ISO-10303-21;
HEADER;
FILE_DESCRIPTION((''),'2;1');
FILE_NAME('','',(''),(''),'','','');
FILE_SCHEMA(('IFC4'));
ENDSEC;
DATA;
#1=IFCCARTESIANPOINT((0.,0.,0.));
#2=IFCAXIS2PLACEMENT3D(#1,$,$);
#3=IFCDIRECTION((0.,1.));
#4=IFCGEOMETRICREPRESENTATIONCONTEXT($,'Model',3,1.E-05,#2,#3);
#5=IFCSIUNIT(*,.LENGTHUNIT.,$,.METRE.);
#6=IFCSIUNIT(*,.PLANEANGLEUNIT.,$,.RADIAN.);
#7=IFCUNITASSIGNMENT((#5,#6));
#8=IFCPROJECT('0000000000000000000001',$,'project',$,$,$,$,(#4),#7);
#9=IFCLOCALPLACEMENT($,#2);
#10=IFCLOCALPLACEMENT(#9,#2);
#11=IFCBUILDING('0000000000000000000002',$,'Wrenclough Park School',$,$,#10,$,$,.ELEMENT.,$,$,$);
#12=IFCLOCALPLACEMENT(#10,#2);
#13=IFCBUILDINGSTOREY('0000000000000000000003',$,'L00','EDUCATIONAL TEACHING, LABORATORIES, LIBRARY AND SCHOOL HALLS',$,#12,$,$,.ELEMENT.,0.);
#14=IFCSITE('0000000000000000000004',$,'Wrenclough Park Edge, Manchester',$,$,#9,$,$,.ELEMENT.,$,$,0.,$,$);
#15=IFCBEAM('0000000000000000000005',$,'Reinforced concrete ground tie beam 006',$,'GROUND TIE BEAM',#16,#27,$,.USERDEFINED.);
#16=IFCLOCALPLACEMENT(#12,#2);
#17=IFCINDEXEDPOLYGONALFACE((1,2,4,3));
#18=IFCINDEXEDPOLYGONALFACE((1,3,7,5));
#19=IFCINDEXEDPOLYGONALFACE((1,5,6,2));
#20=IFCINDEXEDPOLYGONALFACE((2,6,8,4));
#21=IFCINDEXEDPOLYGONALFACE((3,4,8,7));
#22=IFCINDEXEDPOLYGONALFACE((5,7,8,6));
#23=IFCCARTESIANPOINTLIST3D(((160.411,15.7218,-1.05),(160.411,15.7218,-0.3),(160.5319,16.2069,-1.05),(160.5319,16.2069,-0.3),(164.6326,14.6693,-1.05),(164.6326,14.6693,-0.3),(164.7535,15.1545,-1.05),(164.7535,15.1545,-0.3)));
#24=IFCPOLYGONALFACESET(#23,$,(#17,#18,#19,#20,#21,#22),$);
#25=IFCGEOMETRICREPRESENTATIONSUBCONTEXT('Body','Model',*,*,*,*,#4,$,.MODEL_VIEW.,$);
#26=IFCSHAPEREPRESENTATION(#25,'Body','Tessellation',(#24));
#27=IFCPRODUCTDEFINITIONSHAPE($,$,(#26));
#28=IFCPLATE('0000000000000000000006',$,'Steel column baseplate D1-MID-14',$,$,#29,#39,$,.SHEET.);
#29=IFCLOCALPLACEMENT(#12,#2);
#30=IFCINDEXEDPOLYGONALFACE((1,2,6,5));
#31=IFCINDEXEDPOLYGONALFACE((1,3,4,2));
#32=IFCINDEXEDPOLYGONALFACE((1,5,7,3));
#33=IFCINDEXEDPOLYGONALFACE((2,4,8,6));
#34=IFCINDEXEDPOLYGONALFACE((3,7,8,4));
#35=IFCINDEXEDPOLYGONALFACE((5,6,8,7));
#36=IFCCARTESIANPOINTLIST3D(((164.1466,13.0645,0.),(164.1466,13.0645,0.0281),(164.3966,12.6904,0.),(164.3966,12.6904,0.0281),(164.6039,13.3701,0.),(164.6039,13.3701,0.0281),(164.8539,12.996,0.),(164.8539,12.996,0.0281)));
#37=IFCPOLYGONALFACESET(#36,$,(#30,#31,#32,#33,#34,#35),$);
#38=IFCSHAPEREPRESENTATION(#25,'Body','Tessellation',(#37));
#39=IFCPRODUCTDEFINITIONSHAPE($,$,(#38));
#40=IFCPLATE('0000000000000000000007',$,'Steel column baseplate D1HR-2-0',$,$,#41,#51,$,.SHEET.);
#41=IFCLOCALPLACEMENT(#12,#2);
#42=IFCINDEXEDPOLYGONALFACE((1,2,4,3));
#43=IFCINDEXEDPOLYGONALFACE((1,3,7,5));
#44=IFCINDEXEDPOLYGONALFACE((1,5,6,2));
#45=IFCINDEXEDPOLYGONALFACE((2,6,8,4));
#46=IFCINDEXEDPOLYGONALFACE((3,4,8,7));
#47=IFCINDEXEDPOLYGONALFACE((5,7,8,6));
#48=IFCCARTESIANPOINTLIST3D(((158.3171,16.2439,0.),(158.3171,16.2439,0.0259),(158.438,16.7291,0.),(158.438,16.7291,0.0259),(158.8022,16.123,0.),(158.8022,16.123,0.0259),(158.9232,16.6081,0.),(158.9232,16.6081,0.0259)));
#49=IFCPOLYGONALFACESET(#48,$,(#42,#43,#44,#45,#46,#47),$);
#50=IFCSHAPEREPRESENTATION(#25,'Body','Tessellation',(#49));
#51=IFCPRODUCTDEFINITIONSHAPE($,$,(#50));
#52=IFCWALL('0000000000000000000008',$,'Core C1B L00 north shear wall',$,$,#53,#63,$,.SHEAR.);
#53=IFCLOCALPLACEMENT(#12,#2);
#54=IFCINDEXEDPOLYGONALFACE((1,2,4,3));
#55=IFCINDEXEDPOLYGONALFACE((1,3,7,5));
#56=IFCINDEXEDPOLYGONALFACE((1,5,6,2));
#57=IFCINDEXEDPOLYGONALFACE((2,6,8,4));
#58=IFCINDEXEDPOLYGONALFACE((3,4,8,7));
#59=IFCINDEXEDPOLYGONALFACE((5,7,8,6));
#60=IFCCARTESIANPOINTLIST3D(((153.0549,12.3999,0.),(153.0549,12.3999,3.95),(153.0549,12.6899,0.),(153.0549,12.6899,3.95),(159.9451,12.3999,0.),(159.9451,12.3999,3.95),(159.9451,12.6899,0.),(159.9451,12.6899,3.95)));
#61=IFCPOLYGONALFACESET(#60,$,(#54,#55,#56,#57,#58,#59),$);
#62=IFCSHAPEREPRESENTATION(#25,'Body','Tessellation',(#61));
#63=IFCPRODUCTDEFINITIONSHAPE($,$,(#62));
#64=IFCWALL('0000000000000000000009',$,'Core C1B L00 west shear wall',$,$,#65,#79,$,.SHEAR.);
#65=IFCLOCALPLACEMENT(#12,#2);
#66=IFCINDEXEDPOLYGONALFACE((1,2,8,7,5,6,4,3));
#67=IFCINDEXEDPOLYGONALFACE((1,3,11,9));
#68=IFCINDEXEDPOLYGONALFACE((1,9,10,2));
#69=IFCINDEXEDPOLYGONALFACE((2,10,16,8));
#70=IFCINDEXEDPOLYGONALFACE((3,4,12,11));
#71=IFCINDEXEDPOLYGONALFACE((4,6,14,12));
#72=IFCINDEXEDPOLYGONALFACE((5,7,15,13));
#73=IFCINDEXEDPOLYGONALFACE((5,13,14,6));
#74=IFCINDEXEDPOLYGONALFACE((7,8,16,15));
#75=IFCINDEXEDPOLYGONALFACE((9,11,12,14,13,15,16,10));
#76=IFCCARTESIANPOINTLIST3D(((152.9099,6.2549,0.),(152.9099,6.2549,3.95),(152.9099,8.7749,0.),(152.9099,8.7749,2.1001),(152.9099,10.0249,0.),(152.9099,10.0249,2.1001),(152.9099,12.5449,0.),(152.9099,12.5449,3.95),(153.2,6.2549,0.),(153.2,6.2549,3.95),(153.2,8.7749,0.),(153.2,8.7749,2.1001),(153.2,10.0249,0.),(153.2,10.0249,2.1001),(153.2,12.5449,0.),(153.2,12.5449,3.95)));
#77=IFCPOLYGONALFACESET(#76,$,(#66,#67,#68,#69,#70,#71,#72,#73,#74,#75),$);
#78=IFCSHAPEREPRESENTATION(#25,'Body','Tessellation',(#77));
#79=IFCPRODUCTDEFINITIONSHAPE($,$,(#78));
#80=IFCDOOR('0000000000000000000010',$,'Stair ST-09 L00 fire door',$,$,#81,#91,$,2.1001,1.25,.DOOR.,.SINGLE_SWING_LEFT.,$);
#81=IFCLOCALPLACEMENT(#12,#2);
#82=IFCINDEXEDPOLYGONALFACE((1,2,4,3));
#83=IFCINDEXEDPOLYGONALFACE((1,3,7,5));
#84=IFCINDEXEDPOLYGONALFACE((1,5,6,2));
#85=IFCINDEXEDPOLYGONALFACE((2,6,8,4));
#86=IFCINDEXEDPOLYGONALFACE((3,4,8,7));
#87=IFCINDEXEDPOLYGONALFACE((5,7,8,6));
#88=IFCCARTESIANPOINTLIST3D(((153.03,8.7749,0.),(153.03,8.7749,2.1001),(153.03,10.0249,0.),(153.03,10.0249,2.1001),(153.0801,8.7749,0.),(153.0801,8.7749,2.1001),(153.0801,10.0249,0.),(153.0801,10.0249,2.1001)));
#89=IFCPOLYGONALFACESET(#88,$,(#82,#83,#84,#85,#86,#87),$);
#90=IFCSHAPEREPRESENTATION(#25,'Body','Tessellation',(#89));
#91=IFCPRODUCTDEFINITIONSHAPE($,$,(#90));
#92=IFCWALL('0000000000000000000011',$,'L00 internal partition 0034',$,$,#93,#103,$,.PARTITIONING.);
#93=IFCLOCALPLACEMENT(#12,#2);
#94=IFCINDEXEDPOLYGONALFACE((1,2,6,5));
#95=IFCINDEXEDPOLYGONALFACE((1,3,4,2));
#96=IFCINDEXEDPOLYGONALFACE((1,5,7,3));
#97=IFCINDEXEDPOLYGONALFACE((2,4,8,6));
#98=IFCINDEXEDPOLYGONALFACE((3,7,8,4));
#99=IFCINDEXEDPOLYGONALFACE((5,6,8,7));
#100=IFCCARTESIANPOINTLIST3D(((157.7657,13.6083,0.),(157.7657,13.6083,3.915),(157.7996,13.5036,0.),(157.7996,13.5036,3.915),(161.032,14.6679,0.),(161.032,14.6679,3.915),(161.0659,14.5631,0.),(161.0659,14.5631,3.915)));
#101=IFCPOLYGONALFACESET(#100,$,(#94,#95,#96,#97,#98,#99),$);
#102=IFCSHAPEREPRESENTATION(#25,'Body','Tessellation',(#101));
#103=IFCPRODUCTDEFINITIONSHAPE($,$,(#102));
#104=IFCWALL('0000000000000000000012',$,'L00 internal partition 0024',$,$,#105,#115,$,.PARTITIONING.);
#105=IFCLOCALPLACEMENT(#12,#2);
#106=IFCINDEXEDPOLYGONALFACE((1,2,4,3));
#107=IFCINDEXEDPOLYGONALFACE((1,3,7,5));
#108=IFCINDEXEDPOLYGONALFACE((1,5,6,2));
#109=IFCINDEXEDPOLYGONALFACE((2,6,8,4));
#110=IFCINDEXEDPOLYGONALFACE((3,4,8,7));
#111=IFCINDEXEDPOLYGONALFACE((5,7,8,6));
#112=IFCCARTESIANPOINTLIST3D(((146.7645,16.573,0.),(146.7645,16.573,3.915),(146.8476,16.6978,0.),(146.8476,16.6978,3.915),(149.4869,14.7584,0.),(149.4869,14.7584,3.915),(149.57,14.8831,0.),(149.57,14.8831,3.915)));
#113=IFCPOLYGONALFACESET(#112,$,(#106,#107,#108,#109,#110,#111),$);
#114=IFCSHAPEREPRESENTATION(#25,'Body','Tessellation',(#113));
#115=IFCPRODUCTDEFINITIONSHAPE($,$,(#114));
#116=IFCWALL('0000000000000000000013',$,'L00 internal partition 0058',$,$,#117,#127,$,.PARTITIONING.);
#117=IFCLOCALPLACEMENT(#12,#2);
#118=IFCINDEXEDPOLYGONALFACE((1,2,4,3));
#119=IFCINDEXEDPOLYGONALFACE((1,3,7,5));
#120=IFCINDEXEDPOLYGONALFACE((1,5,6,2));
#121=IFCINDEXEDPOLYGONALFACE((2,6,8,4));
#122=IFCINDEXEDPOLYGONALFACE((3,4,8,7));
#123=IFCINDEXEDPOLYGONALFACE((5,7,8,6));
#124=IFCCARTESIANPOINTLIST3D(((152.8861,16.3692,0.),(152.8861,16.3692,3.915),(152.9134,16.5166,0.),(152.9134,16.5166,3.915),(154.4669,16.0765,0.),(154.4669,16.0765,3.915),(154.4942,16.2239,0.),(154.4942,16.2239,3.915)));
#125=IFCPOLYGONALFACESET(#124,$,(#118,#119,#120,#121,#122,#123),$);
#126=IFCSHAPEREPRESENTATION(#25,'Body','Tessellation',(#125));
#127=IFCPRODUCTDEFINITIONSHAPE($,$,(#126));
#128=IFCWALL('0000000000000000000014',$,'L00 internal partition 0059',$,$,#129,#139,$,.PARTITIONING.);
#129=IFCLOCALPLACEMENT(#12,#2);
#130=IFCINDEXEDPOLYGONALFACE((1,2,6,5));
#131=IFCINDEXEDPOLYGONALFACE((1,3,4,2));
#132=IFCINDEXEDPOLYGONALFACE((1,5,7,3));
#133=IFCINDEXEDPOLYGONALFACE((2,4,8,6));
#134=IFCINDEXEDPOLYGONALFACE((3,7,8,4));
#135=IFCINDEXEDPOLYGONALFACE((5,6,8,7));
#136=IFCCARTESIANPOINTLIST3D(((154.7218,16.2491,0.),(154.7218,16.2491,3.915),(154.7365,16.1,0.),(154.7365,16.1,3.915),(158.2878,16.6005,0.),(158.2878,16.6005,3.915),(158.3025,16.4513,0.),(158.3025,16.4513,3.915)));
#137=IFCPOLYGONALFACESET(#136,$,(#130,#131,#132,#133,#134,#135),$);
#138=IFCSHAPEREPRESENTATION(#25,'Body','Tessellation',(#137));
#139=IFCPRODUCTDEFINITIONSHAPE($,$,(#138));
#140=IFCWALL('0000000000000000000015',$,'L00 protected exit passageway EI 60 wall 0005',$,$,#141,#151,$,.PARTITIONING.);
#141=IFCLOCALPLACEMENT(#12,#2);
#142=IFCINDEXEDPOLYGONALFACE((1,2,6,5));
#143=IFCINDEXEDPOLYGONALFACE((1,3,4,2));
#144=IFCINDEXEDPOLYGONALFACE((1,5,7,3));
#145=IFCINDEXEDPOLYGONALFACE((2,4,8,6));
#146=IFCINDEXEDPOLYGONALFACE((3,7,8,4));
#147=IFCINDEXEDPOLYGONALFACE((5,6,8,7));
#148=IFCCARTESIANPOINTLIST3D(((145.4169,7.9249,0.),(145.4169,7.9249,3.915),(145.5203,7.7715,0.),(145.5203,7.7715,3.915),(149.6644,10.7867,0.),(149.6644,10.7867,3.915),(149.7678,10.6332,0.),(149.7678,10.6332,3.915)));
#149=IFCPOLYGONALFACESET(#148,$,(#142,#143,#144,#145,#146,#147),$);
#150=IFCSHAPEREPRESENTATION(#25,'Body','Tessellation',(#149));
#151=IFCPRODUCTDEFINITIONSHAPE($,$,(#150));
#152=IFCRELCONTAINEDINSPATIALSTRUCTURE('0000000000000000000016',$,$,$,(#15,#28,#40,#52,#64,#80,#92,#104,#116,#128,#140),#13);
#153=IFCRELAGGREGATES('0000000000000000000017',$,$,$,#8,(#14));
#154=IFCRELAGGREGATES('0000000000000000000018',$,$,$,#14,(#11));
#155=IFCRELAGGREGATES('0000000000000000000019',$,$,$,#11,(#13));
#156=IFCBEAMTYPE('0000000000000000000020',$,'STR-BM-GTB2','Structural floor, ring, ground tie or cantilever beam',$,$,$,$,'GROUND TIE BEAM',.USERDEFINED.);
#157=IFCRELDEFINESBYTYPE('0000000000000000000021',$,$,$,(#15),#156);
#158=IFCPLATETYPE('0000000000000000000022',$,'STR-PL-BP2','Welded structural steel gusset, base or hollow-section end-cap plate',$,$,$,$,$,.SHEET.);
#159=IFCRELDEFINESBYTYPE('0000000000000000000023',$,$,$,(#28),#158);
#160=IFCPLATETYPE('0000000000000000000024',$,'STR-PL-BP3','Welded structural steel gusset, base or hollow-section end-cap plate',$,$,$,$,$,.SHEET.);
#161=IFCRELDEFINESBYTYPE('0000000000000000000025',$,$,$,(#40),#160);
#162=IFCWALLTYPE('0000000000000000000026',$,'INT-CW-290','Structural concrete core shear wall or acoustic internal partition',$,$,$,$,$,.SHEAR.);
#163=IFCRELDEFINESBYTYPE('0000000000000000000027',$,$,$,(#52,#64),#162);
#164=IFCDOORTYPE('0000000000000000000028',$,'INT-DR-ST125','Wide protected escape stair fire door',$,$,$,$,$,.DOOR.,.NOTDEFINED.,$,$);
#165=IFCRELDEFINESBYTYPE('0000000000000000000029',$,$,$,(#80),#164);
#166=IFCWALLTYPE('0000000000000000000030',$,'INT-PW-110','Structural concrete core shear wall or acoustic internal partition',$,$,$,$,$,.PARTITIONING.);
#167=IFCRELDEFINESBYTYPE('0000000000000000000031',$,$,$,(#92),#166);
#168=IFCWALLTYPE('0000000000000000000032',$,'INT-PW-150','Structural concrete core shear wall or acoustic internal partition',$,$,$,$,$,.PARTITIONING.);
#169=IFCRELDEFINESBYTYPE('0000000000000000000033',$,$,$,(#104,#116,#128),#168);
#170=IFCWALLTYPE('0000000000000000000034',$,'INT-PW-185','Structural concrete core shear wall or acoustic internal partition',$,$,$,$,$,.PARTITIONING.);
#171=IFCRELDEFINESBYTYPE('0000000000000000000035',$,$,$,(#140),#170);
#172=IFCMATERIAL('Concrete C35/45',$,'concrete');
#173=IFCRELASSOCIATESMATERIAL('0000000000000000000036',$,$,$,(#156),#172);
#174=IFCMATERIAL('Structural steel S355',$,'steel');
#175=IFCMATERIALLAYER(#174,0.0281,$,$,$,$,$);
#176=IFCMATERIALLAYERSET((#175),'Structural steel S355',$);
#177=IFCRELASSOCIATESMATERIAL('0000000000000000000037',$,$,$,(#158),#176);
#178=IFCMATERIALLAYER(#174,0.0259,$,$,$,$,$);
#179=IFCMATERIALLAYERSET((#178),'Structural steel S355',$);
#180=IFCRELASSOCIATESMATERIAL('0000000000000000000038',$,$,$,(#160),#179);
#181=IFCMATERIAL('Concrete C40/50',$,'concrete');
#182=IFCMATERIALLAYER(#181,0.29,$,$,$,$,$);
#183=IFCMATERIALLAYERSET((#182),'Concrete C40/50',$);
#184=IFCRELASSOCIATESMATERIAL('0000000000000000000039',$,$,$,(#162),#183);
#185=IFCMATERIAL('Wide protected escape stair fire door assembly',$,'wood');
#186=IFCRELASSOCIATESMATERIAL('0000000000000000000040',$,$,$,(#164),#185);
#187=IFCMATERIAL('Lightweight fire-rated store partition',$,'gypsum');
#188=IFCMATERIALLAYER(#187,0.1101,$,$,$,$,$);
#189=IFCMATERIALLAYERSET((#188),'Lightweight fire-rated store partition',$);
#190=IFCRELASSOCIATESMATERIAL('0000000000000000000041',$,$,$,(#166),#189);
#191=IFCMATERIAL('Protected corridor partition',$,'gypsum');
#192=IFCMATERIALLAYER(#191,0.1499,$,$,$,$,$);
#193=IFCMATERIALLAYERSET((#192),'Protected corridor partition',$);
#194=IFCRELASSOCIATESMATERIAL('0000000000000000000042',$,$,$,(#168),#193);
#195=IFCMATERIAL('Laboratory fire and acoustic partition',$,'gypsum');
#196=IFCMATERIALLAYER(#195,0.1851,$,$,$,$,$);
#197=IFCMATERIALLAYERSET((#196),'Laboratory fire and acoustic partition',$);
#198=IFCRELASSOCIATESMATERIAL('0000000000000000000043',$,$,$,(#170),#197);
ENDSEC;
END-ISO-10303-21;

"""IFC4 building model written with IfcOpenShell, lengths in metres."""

from ifc_helpers import new_model, si_unit, direction, frame, frame_2d, origin, origin_2d, place, context, subcontext, project, spatial, rectangle, extrude, material, layer, layer_set, material_profile, profile_set, type_object, element, fill, save


model = new_model("IFC4")

# Units and contexts
model_context = context("Model", 3, precision=1e-05, world=origin(), true_north=direction((0.0, 1.0)))
body_context = subcontext(model_context, "Body", "Model", "MODEL_VIEW")
ifc_project = project(units=[si_unit("LENGTHUNIT", "METRE"), si_unit("PLANEANGLEUNIT", "RADIAN")], contexts=[model_context])

# Site, building, storey
site_placement = place(None, origin())
site = spatial("IfcSite", under=ifc_project, at=site_placement, Name="Wrenclough Park Edge, Manchester", CompositionType="ELEMENT", RefElevation=0.0)
building_placement = place(site_placement, origin())
building = spatial("IfcBuilding", under=site, at=building_placement, Name="Wrenclough Park School", CompositionType="ELEMENT")
storey_placement = place(building_placement, origin())
storey = spatial("IfcBuildingStorey", under=building, at=storey_placement, Name="L00", Description="EDUCATIONAL TEACHING, LABORATORIES, LIBRARY AND SCHOOL HALLS", CompositionType="ELEMENT", Elevation=0.0)

# Shared definitions
ifc_material_1 = material(Name="Concrete C35/45", Category="concrete")
ifc_material_2 = material(Name="Concrete C40/50", Category="concrete")

# Shared definitions
ifc_material_3 = material(Name="Structural steel S355", Category="steel")

# Beam
ifc_material_profile_1 = material_profile(ifc_material_1, rectangle(XDim=0.5, YDim=0.75, at=origin_2d()), Name="RC GROUND 500x750")
ifc_profile_set_1 = profile_set([ifc_material_profile_1], Name="Concrete C35/45")
beam_type = type_object("IfcBeamType", Name="STR-BM-GTB2", Description="Structural floor, ring, ground tie or cantilever beam", ElementType="GROUND TIE BEAM", PredefinedType="USERDEFINED", material=ifc_profile_set_1)
beam_placement = place(storey_placement, frame((160.4714, 15.9644, -0.675), z_axis=(0.970301, -0.241902, 0.0), x_axis=(0.241902, 0.970301, 0.0)))
element("IfcBeam", 1, at=beam_placement, inside=storey, type_object=beam_type, Name="Reinforced concrete ground tie beam 006", ObjectType="GROUND TIE BEAM", PredefinedType="USERDEFINED", context=body_context, shape_type="SweptSolid", body=[
    extrude(rectangle(XDim=0.5, YDim=0.75, at=origin_2d()), origin(), (0.0, 0.0, 1.0), 4.3508),
])

# Plates
ifc_layer_1 = layer(ifc_material_3, 0.0281)
ifc_layer_set_1 = layer_set([ifc_layer_1], Name="Structural steel S355")
plate_type_1 = type_object("IfcPlateType", Name="STR-PL-BP2", Description="Welded structural steel gusset, base or hollow-section end-cap plate", PredefinedType="SHEET", material=ifc_layer_set_1)
plate_1_placement = place(storey_placement, frame((164.5002, 13.0303, 0.0), z_axis=(0.0, 0.0, 1.0), x_axis=(0.83147, 0.55557, 0.0)))
element("IfcPlate", 2, at=plate_1_placement, inside=storey, type_object=plate_type_1, Name="Steel column baseplate D1-MID-14", PredefinedType="SHEET", context=body_context, shape_type="SweptSolid", body=[
    extrude(rectangle(XDim=0.55, YDim=0.45, at=origin_2d()), origin(), (0.0, 0.0, 1.0), 0.0281),
])
ifc_layer_2 = layer(ifc_material_3, 0.0259)
ifc_layer_set_2 = layer_set([ifc_layer_2], Name="Structural steel S355")
plate_type_2 = type_object("IfcPlateType", Name="STR-PL-BP3", Description="Welded structural steel gusset, base or hollow-section end-cap plate", PredefinedType="SHEET", material=ifc_layer_set_2)
plate_2_placement = place(storey_placement, frame((158.6201, 16.426, 0.0), z_axis=(0.0, 0.0, 1.0), x_axis=(0.970296, -0.241922, 0.0)))
element("IfcPlate", 3, at=plate_2_placement, inside=storey, type_object=plate_type_2, Name="Steel column baseplate D1HR-2-0", PredefinedType="SHEET", context=body_context, shape_type="SweptSolid", body=[
    extrude(rectangle(XDim=0.5, YDim=0.5, at=origin_2d()), origin(), (0.0, 0.0, 1.0), 0.0259),
])

# Wall
ifc_layer_3 = layer(ifc_material_2, 0.29)
ifc_layer_set_3 = layer_set([ifc_layer_3], Name="Concrete C40/50")
wall_type_1 = type_object("IfcWallType", Name="INT-CW-290", Description="Structural concrete core shear wall or acoustic internal partition", PredefinedType="SHEAR", material=ifc_layer_set_3)
wall_1_placement = place(storey_placement, frame((159.9451, 12.5449, 0.0), z_axis=(0.0, 0.0, 1.0), x_axis=(-1.0, 0.0, 0.0)))
element("IfcWall", 4, at=wall_1_placement, inside=storey, type_object=wall_type_1, Name="Core C1B L00 north shear wall", PredefinedType="SHEAR", context=body_context, shape_type="SweptSolid", body=[
    extrude(rectangle(XDim=6.8901, YDim=0.29, at=frame_2d((3.4451, 0.0))), origin(), (0.0, 0.0, 1.0), 3.95),
])

# Wall, opening, door
wall_2_placement = place(storey_placement, frame((153.0549, 12.5449, 0.0), z_axis=(0.0, 0.0, 1.0), x_axis=(0.0, -1.0, 0.0)))
wall_2 = element("IfcWall", 5, at=wall_2_placement, inside=storey, type_object=wall_type_1, Name="Core C1B L00 west shear wall", PredefinedType="SHEAR", context=body_context, shape_type="SweptSolid", body=[
    extrude(rectangle(XDim=6.29, YDim=0.29, at=frame_2d((3.145, 0.0))), origin(), (0.0, 0.0, 1.0), 3.95),
])
opening_1_placement = place(wall_2_placement, frame((2.52, 0.0, 0.0)))
opening_1 = element("IfcOpeningElement", 6, at=opening_1_placement, cuts=wall_2, PredefinedType="OPENING", context=body_context, shape_type="SweptSolid", body=[
    extrude(rectangle(XDim=1.25, YDim=2.1001, at=frame_2d((0.625, 1.05))), frame((0.0, 0.155, 0.0), z_axis=(0.0, -1.0, 0.0), x_axis=(1.0, 0.0, 0.0)), (0.0, 0.0, 1.0), 0.3101),
])
ifc_material_4 = material(Name="Wide protected escape stair fire door assembly", Category="wood")
door_type_1 = type_object("IfcDoorType", Name="INT-DR-ST125", Description="Wide protected escape stair fire door", OperationType="NOTDEFINED", PredefinedType="DOOR", material=ifc_material_4)
door_1_placement = place(opening_1_placement, frame((1.25, 0.0, 0.0), z_axis=(0.0, 0.0, 1.0), x_axis=(-1.0, 0.0, 0.0)))
door_1 = element("IfcDoor", 7, at=door_1_placement, inside=storey, type_object=door_type_1, Name="Stair ST-09 L00 fire door", OperationType="SINGLE_SWING_LEFT", OverallHeight=2.1001, OverallWidth=1.25, PredefinedType="DOOR", context=body_context, shape_type="SweptSolid", body=[
    extrude(rectangle(XDim=1.25, YDim=2.1001, at=frame_2d((0.625, 1.05))), frame((0.0, 0.0249, 0.0), z_axis=(0.0, -1.0, 0.0), x_axis=(1.0, 0.0, 0.0)), (0.0, 0.0, 1.0), 0.05),
])
fill(opening_1, door_1)

# Walls
ifc_material_5 = material(Name="Lightweight fire-rated store partition", Category="gypsum")
ifc_layer_4 = layer(ifc_material_5, 0.1101)
ifc_layer_set_4 = layer_set([ifc_layer_4], Name="Lightweight fire-rated store partition")
wall_type_2 = type_object("IfcWallType", Name="INT-PW-110", Description="Structural concrete core shear wall or acoustic internal partition", PredefinedType="PARTITIONING", material=ifc_layer_set_4)
wall_3_placement = place(storey_placement, frame((161.0488, 14.6155, 0.0), z_axis=(0.0, 0.0, 1.0), x_axis=(-0.951205, -0.30856, 0.0)))
element("IfcWall", 8, at=wall_3_placement, inside=storey, type_object=wall_type_2, Name="L00 internal partition 0034", PredefinedType="PARTITIONING", context=body_context, shape_type="SweptSolid", body=[
    extrude(rectangle(XDim=3.4338, YDim=0.1101, at=frame_2d((1.7168, 0.0))), origin(), (0.0, 0.0, 1.0), 3.915),
])
ifc_material_6 = material(Name="Protected corridor partition", Category="gypsum")
ifc_layer_5 = layer(ifc_material_6, 0.1499)
ifc_layer_set_5 = layer_set([ifc_layer_5], Name="Protected corridor partition")
wall_type_3 = type_object("IfcWallType", Name="INT-PW-150", Description="Structural concrete core shear wall or acoustic internal partition", PredefinedType="PARTITIONING", material=ifc_layer_set_5)
wall_4_placement = place(storey_placement, frame((149.5283, 14.8208, 0.0), z_axis=(0.0, 0.0, 1.0), x_axis=(-0.832085, 0.554649, 0.0)))
element("IfcWall", 9, at=wall_4_placement, inside=storey, type_object=wall_type_3, Name="L00 internal partition 0024", PredefinedType="PARTITIONING", context=body_context, shape_type="SweptSolid", body=[
    extrude(rectangle(XDim=3.2717, YDim=0.1499, at=frame_2d((1.6357, 0.0))), origin(), (0.0, 0.0, 1.0), 3.915),
])
wall_5_placement = place(storey_placement, frame((152.8999, 16.4429, 0.0), z_axis=(0.0, 0.0, 1.0), x_axis=(0.983284, -0.182078, 0.0)))
element("IfcWall", 10, at=wall_5_placement, inside=storey, type_object=wall_type_3, Name="L00 internal partition 0058", PredefinedType="PARTITIONING", context=body_context, shape_type="SweptSolid", body=[
    extrude(rectangle(XDim=1.6077, YDim=0.1499, at=frame_2d((0.8037, 0.0))), origin(), (0.0, 0.0, 1.0), 3.915),
])
wall_6_placement = place(storey_placement, frame((154.7292, 16.1746, 0.0), z_axis=(0.0, 0.0, 1.0), x_axis=(0.995182, 0.098046, 0.0)))
element("IfcWall", 11, at=wall_6_placement, inside=storey, type_object=wall_type_3, Name="L00 internal partition 0059", PredefinedType="PARTITIONING", context=body_context, shape_type="SweptSolid", body=[
    extrude(rectangle(XDim=3.5833, YDim=0.1499, at=frame_2d((1.7915, 0.0))), origin(), (0.0, 0.0, 1.0), 3.915),
])
ifc_material_7 = material(Name="Laboratory fire and acoustic partition", Category="gypsum")
ifc_layer_6 = layer(ifc_material_7, 0.1851)
ifc_layer_set_6 = layer_set([ifc_layer_6], Name="Laboratory fire and acoustic partition")
wall_type_4 = type_object("IfcWallType", Name="INT-PW-185", Description="Structural concrete core shear wall or acoustic internal partition", PredefinedType="PARTITIONING", material=ifc_layer_set_6)
wall_7_placement = place(storey_placement, frame((149.7161, 10.71, 0.0), z_axis=(0.0, 0.0, 1.0), x_axis=(-0.829327, -0.558764, 0.0)))
element("IfcWall", 12, at=wall_7_placement, inside=storey, type_object=wall_type_4, Name="L00 protected exit passageway EI 60 wall 0005", PredefinedType="PARTITIONING", context=body_context, shape_type="SweptSolid", body=[
    extrude(rectangle(XDim=5.1216, YDim=0.1851, at=frame_2d((2.5608, 0.0))), origin(), (0.0, 0.0, 1.0), 3.915),
])

save(model, "model.ifc")
